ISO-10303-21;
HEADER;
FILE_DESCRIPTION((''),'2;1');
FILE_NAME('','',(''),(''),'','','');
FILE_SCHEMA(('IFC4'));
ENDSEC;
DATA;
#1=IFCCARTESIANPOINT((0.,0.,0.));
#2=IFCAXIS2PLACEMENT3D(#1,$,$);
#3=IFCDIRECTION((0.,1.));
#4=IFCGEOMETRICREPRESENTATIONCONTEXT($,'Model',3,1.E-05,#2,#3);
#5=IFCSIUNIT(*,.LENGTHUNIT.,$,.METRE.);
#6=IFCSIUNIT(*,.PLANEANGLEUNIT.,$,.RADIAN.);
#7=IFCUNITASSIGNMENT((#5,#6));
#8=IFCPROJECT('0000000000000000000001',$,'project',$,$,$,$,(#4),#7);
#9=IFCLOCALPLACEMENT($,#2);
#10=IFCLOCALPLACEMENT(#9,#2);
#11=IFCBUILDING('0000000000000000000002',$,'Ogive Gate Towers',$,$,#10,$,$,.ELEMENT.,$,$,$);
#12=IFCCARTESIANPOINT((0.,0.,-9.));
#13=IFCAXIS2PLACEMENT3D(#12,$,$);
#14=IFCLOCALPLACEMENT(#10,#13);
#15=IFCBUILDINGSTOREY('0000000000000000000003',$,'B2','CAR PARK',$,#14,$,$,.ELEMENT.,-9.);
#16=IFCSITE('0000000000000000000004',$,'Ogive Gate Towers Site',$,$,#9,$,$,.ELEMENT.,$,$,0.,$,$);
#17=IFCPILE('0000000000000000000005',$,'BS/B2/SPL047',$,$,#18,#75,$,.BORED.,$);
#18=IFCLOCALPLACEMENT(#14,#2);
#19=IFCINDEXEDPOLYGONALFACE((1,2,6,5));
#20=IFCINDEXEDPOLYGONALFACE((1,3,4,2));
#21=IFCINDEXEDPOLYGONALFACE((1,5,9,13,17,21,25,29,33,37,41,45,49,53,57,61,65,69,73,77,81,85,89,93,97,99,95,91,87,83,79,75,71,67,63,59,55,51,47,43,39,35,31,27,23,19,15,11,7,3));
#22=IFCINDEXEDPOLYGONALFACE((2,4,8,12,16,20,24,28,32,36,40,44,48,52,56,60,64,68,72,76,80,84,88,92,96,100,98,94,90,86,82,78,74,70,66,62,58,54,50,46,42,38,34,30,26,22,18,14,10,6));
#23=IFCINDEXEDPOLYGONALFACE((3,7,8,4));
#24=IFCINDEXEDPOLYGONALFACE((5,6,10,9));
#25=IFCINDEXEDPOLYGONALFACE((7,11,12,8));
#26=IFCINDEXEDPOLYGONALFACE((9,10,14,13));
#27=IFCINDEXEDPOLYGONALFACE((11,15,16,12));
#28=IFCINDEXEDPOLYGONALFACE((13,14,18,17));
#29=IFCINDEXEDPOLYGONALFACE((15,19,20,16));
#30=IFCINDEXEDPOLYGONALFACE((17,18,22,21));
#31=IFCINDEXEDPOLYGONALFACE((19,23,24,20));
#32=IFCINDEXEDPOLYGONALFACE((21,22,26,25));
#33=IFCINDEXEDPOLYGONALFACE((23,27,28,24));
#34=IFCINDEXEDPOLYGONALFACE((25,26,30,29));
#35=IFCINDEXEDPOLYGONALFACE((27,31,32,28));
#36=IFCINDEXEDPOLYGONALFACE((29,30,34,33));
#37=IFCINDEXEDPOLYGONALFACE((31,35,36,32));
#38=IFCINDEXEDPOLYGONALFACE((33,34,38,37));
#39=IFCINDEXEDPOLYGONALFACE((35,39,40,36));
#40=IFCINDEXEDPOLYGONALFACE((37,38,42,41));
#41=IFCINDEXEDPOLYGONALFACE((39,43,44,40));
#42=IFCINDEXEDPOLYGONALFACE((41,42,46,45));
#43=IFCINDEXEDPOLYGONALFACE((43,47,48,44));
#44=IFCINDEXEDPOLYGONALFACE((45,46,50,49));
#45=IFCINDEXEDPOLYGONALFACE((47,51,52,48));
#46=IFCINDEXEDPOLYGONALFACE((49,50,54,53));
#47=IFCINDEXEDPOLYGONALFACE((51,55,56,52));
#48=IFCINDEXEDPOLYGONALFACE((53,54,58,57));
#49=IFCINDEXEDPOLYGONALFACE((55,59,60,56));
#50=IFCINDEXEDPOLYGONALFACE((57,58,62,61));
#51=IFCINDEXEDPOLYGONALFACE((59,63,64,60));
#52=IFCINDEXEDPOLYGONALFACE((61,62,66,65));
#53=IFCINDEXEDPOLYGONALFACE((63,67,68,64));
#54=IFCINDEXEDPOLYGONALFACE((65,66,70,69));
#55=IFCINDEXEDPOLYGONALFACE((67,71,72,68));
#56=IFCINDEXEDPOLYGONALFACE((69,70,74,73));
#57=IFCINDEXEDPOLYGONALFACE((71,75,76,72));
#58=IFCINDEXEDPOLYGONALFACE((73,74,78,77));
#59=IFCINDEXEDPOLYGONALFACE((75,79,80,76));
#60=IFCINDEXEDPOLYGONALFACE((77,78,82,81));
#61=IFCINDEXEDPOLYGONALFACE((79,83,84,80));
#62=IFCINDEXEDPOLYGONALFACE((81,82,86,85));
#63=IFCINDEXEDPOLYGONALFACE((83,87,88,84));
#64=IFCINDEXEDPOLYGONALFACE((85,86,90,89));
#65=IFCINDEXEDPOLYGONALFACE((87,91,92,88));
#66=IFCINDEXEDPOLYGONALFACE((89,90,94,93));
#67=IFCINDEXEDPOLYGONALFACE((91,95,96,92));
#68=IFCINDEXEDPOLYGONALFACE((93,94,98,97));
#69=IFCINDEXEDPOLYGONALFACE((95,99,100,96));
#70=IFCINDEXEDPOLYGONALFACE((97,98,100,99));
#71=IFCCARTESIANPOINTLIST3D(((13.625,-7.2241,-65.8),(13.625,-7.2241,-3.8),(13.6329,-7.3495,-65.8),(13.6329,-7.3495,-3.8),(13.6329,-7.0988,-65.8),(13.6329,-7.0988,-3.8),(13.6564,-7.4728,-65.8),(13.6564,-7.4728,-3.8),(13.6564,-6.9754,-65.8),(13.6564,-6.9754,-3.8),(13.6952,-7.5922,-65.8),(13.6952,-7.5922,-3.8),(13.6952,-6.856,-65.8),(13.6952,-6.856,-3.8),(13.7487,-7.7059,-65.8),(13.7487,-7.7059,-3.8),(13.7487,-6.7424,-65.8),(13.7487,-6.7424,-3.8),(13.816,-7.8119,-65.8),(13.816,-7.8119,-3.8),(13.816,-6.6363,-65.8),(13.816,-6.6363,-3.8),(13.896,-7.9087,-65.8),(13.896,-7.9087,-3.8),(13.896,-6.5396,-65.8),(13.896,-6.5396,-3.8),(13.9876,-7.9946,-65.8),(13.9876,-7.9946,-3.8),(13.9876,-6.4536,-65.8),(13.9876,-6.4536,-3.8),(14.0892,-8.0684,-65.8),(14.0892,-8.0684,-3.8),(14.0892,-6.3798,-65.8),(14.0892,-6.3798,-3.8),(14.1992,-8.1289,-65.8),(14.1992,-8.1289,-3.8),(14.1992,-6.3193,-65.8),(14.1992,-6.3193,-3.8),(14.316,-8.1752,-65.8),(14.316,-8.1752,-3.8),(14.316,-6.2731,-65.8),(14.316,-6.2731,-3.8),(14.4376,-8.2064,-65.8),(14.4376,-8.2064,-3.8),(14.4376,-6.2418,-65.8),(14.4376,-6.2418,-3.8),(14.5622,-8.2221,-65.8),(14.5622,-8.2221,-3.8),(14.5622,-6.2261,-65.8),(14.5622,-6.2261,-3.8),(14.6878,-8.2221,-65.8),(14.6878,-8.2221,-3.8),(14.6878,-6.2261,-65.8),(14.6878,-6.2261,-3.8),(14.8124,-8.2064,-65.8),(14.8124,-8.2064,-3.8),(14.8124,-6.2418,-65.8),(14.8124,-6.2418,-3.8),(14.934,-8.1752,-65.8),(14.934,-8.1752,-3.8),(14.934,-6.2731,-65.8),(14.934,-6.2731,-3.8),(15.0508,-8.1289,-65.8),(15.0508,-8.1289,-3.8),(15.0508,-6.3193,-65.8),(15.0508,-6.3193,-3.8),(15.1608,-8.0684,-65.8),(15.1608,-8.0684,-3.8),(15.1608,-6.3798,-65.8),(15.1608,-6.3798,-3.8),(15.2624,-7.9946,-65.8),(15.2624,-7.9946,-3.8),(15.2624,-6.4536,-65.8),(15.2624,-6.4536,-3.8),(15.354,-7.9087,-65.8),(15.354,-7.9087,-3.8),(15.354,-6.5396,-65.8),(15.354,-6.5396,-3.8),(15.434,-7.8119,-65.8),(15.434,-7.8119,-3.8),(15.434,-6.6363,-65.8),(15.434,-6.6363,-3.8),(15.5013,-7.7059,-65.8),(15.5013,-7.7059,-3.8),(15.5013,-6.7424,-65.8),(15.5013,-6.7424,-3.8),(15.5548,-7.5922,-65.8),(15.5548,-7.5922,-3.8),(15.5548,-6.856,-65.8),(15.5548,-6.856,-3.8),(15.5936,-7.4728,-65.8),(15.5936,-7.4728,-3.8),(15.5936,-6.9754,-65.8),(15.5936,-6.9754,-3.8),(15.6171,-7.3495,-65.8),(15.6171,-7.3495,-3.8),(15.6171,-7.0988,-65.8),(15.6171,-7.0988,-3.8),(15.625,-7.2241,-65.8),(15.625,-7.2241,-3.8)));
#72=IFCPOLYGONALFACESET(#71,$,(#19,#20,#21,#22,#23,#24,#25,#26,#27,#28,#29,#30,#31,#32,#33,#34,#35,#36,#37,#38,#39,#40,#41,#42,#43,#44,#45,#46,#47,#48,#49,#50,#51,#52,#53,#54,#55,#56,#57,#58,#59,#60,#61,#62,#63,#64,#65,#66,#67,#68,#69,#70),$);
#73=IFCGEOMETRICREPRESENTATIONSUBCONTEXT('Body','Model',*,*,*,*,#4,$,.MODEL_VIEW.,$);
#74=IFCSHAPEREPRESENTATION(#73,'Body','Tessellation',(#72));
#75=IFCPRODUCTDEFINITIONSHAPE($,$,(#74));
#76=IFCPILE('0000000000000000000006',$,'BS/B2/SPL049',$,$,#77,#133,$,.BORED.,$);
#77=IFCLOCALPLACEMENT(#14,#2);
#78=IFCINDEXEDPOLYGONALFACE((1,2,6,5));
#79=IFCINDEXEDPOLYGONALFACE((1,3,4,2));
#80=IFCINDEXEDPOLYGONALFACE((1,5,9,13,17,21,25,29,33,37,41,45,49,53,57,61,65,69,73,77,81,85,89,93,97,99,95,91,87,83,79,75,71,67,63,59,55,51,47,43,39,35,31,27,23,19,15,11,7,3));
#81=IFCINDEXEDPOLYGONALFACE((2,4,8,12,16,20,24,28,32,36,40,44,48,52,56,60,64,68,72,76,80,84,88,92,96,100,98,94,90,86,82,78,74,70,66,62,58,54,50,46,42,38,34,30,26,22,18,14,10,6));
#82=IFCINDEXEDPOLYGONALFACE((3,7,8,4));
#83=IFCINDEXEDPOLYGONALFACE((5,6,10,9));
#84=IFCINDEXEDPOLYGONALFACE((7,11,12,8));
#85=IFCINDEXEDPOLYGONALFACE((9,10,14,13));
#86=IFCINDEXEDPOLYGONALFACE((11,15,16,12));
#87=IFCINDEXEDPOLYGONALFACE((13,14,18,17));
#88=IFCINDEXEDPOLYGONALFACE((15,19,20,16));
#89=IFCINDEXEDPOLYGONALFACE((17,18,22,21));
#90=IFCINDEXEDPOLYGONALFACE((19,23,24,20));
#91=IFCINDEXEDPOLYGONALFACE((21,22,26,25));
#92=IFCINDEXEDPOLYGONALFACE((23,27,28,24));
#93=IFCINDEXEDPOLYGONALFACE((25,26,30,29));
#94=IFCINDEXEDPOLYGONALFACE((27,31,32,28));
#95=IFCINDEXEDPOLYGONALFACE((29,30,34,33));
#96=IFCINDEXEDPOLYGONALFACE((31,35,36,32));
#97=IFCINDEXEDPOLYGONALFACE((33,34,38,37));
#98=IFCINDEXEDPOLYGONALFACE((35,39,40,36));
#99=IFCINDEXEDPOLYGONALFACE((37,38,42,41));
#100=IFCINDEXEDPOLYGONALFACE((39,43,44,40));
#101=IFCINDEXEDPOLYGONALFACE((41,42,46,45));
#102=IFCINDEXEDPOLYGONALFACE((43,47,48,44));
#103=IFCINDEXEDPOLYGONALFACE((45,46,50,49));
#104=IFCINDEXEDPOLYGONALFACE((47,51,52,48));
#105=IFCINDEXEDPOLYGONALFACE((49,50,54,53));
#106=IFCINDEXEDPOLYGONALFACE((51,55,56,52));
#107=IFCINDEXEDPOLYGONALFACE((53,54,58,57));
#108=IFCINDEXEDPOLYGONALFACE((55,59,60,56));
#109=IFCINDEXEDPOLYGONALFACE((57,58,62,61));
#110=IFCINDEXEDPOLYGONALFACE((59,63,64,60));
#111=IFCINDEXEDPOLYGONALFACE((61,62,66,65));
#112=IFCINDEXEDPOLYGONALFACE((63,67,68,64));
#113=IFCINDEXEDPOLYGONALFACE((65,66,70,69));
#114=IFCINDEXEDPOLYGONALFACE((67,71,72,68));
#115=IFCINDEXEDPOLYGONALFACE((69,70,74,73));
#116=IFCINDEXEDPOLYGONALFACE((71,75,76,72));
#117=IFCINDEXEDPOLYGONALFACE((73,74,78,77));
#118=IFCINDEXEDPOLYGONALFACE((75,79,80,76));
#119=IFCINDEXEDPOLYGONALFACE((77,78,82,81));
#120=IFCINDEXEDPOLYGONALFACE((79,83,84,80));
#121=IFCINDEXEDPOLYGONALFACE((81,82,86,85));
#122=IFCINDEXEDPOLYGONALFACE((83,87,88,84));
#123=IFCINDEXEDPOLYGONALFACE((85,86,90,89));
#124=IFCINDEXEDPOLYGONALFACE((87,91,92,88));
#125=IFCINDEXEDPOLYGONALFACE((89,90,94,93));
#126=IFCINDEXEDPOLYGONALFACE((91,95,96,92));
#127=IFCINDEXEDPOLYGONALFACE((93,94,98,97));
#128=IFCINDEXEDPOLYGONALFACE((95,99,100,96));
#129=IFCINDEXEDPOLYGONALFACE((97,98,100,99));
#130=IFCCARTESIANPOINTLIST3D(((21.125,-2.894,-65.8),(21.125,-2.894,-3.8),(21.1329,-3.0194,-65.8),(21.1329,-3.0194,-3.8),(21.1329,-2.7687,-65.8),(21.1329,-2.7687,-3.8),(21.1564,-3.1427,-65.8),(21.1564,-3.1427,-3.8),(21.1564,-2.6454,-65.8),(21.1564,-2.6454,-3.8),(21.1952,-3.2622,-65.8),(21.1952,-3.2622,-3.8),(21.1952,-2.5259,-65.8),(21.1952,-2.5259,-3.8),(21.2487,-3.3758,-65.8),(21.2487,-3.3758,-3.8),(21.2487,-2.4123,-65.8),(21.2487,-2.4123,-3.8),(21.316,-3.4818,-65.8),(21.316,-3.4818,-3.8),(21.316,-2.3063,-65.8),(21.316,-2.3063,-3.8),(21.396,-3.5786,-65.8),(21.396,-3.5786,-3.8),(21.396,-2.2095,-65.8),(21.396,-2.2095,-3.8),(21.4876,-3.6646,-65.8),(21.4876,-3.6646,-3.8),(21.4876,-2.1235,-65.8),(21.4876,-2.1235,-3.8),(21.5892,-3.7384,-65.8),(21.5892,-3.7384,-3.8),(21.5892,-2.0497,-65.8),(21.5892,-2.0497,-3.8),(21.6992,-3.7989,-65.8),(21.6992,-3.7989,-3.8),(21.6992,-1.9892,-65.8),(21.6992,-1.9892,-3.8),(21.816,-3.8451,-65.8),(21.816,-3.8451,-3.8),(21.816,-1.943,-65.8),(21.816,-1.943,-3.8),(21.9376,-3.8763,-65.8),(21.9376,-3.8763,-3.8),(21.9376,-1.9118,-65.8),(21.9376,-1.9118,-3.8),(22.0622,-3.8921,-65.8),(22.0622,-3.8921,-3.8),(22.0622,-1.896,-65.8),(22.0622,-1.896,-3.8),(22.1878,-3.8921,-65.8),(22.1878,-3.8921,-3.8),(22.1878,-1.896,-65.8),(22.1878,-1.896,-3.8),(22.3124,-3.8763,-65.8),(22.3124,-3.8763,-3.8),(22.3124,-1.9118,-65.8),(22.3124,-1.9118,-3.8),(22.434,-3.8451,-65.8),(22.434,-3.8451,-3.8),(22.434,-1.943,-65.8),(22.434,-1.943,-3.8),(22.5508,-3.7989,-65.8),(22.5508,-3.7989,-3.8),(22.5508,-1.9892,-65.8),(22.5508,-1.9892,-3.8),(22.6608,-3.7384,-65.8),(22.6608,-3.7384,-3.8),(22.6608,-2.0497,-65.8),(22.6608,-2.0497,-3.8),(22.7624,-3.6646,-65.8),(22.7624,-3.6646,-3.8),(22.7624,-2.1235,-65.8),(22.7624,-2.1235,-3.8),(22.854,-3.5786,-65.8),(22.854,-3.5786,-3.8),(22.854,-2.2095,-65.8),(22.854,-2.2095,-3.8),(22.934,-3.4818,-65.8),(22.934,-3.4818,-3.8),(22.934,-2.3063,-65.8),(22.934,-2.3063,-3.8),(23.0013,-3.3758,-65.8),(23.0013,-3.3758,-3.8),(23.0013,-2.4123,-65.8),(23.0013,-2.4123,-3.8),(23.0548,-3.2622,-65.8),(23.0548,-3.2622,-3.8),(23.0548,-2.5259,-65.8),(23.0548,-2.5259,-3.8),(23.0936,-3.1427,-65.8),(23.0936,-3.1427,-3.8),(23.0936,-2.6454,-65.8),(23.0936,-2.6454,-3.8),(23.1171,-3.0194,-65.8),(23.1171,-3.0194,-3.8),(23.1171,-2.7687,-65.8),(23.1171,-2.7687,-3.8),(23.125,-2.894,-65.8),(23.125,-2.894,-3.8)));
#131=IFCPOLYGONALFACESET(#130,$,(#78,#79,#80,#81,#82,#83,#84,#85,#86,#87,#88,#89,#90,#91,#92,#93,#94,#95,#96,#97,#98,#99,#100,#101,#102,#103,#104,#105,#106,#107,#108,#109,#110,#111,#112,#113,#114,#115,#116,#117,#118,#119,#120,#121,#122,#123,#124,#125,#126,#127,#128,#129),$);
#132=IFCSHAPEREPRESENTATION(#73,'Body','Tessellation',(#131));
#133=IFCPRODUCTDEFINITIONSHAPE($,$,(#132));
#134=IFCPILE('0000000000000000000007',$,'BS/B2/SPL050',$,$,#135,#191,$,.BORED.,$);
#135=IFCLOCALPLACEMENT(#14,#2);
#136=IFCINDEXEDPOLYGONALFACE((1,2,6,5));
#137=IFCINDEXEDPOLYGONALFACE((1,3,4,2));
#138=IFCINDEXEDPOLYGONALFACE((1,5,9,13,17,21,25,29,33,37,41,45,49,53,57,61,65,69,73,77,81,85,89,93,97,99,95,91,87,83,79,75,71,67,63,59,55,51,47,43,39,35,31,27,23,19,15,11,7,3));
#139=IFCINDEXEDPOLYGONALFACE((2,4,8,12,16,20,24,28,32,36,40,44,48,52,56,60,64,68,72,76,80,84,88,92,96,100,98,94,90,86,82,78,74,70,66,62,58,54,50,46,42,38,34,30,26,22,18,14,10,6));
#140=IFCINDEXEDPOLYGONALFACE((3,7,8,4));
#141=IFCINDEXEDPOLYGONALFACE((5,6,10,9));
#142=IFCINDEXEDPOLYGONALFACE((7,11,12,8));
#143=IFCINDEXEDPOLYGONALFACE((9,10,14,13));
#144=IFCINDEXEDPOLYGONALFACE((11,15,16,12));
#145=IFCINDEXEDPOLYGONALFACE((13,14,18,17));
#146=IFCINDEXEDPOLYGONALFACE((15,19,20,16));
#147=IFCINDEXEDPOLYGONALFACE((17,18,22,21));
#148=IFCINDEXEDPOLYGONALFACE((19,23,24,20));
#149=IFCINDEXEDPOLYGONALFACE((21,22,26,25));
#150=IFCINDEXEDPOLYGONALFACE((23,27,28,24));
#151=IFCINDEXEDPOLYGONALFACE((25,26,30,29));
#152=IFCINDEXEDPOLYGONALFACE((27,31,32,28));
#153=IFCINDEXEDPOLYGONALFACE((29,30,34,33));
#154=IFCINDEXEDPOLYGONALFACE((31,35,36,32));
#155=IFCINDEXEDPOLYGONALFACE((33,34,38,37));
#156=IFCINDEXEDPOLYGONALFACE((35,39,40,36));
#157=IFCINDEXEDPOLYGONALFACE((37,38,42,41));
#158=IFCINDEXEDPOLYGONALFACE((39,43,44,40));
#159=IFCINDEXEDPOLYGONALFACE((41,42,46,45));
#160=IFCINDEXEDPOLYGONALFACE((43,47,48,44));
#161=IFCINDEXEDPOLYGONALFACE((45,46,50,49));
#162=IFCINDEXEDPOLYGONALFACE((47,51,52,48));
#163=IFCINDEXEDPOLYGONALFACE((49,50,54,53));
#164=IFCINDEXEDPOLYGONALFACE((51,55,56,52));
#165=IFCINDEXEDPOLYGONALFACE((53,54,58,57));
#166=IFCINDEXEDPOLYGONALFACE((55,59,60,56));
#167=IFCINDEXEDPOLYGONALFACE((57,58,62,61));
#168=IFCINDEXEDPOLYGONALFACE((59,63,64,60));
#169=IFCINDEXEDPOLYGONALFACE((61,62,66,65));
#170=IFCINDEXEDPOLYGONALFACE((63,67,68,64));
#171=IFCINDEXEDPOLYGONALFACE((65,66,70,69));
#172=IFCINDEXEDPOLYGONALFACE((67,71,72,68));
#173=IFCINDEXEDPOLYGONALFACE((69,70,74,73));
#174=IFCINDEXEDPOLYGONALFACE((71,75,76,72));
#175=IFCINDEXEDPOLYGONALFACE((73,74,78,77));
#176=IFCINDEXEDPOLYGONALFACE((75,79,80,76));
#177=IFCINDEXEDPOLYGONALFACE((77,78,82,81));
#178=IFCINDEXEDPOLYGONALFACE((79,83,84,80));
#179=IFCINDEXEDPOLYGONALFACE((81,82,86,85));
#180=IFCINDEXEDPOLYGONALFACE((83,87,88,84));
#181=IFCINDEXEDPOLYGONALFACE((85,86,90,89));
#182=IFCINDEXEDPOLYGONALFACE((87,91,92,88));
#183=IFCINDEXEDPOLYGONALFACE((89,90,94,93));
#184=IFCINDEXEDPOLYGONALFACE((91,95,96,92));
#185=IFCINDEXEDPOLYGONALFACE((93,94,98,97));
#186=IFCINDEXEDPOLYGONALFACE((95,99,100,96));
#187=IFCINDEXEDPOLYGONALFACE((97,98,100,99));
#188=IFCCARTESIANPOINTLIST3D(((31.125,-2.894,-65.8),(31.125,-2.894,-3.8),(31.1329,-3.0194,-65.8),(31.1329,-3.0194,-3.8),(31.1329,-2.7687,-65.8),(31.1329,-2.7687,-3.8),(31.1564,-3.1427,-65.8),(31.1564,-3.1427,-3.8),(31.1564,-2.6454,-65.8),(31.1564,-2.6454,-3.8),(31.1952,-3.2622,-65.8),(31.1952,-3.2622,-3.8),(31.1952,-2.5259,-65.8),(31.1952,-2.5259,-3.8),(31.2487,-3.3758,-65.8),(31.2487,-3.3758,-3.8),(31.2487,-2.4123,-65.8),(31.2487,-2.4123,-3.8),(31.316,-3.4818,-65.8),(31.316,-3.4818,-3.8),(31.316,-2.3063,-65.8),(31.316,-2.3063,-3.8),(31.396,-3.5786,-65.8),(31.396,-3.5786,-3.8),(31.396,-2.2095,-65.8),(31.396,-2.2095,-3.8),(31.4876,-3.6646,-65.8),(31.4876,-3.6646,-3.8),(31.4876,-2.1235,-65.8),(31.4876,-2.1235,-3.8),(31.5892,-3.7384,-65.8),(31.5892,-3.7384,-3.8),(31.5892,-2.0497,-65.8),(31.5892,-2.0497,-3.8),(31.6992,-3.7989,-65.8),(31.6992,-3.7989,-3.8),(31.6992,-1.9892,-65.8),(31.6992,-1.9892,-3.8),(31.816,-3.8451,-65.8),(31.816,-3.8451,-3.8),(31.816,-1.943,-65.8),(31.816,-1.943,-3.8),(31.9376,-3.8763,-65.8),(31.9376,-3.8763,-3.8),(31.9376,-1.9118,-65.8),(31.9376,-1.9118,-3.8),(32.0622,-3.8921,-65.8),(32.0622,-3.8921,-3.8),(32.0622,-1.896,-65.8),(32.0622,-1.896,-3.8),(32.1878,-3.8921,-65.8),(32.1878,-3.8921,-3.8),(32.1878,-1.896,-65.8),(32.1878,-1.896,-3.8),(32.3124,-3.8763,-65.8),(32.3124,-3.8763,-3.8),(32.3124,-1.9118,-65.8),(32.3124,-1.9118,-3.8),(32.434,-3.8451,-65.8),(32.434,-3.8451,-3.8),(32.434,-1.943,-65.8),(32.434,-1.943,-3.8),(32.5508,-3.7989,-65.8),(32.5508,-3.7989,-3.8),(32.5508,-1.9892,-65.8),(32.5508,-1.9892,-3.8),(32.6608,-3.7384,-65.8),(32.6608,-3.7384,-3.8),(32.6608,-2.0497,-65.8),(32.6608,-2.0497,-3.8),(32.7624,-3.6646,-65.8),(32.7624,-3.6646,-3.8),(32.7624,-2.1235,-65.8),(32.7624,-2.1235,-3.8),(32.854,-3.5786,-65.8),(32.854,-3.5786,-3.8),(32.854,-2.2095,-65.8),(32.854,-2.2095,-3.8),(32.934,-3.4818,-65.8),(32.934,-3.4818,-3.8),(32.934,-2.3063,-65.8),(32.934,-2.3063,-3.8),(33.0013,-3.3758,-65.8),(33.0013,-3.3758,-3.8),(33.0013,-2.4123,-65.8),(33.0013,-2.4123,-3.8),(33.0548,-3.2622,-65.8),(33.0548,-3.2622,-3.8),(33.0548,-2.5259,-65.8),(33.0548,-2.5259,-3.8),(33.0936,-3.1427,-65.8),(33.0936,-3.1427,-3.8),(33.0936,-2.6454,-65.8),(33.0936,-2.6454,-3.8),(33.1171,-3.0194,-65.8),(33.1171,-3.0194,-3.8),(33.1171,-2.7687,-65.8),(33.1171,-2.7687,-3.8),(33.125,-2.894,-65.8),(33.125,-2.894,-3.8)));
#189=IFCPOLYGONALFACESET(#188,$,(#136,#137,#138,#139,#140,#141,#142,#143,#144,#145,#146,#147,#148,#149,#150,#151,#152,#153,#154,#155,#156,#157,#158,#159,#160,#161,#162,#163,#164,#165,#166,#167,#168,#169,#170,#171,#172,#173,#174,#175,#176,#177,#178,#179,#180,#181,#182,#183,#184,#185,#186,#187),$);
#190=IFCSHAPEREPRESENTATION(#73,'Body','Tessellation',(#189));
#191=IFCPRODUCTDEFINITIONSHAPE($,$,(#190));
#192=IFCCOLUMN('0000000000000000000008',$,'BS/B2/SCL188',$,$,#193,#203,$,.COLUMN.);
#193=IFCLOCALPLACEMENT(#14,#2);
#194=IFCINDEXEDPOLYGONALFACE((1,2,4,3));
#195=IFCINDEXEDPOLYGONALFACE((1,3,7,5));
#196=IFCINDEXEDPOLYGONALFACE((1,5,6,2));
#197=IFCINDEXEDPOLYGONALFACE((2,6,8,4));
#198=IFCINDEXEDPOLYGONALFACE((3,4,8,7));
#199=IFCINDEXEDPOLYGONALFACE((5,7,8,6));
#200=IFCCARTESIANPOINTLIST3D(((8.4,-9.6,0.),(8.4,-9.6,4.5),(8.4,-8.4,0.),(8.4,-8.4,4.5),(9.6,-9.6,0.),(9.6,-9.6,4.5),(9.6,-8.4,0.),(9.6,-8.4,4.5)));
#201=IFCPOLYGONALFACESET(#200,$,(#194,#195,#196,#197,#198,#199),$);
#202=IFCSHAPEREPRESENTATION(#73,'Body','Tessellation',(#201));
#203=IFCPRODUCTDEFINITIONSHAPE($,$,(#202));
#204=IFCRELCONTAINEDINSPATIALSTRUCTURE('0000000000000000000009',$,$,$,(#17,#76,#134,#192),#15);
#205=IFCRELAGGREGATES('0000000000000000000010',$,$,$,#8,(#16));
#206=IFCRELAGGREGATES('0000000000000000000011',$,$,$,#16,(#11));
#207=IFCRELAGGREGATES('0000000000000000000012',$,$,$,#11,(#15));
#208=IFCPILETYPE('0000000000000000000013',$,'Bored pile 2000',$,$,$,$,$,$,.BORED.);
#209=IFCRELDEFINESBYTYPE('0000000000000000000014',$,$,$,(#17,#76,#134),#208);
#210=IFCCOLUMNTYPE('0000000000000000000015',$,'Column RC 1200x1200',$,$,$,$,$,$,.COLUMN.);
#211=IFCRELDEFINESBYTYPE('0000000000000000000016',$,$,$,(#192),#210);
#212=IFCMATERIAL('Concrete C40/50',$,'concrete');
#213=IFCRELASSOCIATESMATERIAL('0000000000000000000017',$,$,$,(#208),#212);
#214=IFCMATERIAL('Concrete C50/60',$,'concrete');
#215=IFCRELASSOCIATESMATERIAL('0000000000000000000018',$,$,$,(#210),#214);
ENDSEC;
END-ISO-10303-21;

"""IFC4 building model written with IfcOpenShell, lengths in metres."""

from ifc_helpers import new_model, si_unit, direction, frame, origin, origin_2d, place, context, subcontext, project, spatial, rectangle, circle, extrude, material, material_profile, profile_set, type_object, element, save


model = new_model("IFC4")

# Units and contexts
model_context = context("Model", 3, precision=1e-05, world=origin(), true_north=direction((0.0, 1.0)))
body_context = subcontext(model_context, "Body", "Model", "MODEL_VIEW")
ifc_project = project(units=[si_unit("LENGTHUNIT", "METRE"), si_unit("PLANEANGLEUNIT", "RADIAN")], contexts=[model_context])

# Site, building, storey
site_placement = place(None, origin())
site = spatial("IfcSite", under=ifc_project, at=site_placement, Name="Ogive Gate Towers Site", CompositionType="ELEMENT", RefElevation=0.0)
building_placement = place(site_placement, origin())
building = spatial("IfcBuilding", under=site, at=building_placement, Name="Ogive Gate Towers", CompositionType="ELEMENT")
storey_placement = place(building_placement, frame((0.0, 0.0, -9.0)))
storey = spatial("IfcBuildingStorey", under=building, at=storey_placement, Name="B2", Description="CAR PARK", CompositionType="ELEMENT", Elevation=-9.0)

# Piles
ifc_material_1 = material(Name="Concrete C40/50", Category="concrete")
ifc_material_profile_1 = material_profile(ifc_material_1, circle(Radius=1.0, at=origin_2d()), Name="BP 2000")
ifc_profile_set_1 = profile_set([ifc_material_profile_1], Name="Concrete C40/50")
pile_type_1 = type_object("IfcPileType", Name="Bored pile 2000", PredefinedType="BORED", material=ifc_profile_set_1)
for number, where, z_axis, x_axis, name in (
    (1, (14.625, -7.2241, -3.8), (0.0, 0.0, -1.0), (1.0, 0.0, 0.0), "BS/B2/SPL047"),
    (2, (22.125, -2.894, -3.8), (0.0, 0.0, -1.0), (1.0, 0.0, 0.0), "BS/B2/SPL049"),
    (3, (32.125, -2.894, -3.8), (0.0, 0.0, -1.0), (1.0, 0.0, 0.0), "BS/B2/SPL050"),
):
    element("IfcPile", number, at=place(storey_placement, frame(where, z_axis=z_axis, x_axis=x_axis)), inside=storey, type_object=pile_type_1, Name=name, PredefinedType="BORED", context=body_context, shape_type="SweptSolid", body=[
        extrude(circle(Radius=1.0, at=origin_2d()), origin(), (0.0, 0.0, 1.0), 62.0),
    ])

# Column
ifc_material_2 = material(Name="Concrete C50/60", Category="concrete")
ifc_material_profile_2 = material_profile(ifc_material_2, rectangle(XDim=1.2, YDim=1.2, at=origin_2d()), Name="RC 1200x1200")
ifc_profile_set_2 = profile_set([ifc_material_profile_2], Name="Concrete C50/60")
column_type_1 = type_object("IfcColumnType", Name="Column RC 1200x1200", PredefinedType="COLUMN", material=ifc_profile_set_2)
column_1_placement = place(storey_placement, frame((9.0, -9.0, 0.0), z_axis=(0.0, 0.0, 1.0), x_axis=(1.0, 0.0, 0.0)))
element("IfcColumn", 4, at=column_1_placement, inside=storey, type_object=column_type_1, Name="BS/B2/SCL188", PredefinedType="COLUMN", context=body_context, shape_type="SweptSolid", body=[
    extrude(rectangle(XDim=1.2, YDim=1.2, at=origin_2d()), origin(), (0.0, 0.0, 1.0), 4.5),
])

save(model, "model.ifc")
